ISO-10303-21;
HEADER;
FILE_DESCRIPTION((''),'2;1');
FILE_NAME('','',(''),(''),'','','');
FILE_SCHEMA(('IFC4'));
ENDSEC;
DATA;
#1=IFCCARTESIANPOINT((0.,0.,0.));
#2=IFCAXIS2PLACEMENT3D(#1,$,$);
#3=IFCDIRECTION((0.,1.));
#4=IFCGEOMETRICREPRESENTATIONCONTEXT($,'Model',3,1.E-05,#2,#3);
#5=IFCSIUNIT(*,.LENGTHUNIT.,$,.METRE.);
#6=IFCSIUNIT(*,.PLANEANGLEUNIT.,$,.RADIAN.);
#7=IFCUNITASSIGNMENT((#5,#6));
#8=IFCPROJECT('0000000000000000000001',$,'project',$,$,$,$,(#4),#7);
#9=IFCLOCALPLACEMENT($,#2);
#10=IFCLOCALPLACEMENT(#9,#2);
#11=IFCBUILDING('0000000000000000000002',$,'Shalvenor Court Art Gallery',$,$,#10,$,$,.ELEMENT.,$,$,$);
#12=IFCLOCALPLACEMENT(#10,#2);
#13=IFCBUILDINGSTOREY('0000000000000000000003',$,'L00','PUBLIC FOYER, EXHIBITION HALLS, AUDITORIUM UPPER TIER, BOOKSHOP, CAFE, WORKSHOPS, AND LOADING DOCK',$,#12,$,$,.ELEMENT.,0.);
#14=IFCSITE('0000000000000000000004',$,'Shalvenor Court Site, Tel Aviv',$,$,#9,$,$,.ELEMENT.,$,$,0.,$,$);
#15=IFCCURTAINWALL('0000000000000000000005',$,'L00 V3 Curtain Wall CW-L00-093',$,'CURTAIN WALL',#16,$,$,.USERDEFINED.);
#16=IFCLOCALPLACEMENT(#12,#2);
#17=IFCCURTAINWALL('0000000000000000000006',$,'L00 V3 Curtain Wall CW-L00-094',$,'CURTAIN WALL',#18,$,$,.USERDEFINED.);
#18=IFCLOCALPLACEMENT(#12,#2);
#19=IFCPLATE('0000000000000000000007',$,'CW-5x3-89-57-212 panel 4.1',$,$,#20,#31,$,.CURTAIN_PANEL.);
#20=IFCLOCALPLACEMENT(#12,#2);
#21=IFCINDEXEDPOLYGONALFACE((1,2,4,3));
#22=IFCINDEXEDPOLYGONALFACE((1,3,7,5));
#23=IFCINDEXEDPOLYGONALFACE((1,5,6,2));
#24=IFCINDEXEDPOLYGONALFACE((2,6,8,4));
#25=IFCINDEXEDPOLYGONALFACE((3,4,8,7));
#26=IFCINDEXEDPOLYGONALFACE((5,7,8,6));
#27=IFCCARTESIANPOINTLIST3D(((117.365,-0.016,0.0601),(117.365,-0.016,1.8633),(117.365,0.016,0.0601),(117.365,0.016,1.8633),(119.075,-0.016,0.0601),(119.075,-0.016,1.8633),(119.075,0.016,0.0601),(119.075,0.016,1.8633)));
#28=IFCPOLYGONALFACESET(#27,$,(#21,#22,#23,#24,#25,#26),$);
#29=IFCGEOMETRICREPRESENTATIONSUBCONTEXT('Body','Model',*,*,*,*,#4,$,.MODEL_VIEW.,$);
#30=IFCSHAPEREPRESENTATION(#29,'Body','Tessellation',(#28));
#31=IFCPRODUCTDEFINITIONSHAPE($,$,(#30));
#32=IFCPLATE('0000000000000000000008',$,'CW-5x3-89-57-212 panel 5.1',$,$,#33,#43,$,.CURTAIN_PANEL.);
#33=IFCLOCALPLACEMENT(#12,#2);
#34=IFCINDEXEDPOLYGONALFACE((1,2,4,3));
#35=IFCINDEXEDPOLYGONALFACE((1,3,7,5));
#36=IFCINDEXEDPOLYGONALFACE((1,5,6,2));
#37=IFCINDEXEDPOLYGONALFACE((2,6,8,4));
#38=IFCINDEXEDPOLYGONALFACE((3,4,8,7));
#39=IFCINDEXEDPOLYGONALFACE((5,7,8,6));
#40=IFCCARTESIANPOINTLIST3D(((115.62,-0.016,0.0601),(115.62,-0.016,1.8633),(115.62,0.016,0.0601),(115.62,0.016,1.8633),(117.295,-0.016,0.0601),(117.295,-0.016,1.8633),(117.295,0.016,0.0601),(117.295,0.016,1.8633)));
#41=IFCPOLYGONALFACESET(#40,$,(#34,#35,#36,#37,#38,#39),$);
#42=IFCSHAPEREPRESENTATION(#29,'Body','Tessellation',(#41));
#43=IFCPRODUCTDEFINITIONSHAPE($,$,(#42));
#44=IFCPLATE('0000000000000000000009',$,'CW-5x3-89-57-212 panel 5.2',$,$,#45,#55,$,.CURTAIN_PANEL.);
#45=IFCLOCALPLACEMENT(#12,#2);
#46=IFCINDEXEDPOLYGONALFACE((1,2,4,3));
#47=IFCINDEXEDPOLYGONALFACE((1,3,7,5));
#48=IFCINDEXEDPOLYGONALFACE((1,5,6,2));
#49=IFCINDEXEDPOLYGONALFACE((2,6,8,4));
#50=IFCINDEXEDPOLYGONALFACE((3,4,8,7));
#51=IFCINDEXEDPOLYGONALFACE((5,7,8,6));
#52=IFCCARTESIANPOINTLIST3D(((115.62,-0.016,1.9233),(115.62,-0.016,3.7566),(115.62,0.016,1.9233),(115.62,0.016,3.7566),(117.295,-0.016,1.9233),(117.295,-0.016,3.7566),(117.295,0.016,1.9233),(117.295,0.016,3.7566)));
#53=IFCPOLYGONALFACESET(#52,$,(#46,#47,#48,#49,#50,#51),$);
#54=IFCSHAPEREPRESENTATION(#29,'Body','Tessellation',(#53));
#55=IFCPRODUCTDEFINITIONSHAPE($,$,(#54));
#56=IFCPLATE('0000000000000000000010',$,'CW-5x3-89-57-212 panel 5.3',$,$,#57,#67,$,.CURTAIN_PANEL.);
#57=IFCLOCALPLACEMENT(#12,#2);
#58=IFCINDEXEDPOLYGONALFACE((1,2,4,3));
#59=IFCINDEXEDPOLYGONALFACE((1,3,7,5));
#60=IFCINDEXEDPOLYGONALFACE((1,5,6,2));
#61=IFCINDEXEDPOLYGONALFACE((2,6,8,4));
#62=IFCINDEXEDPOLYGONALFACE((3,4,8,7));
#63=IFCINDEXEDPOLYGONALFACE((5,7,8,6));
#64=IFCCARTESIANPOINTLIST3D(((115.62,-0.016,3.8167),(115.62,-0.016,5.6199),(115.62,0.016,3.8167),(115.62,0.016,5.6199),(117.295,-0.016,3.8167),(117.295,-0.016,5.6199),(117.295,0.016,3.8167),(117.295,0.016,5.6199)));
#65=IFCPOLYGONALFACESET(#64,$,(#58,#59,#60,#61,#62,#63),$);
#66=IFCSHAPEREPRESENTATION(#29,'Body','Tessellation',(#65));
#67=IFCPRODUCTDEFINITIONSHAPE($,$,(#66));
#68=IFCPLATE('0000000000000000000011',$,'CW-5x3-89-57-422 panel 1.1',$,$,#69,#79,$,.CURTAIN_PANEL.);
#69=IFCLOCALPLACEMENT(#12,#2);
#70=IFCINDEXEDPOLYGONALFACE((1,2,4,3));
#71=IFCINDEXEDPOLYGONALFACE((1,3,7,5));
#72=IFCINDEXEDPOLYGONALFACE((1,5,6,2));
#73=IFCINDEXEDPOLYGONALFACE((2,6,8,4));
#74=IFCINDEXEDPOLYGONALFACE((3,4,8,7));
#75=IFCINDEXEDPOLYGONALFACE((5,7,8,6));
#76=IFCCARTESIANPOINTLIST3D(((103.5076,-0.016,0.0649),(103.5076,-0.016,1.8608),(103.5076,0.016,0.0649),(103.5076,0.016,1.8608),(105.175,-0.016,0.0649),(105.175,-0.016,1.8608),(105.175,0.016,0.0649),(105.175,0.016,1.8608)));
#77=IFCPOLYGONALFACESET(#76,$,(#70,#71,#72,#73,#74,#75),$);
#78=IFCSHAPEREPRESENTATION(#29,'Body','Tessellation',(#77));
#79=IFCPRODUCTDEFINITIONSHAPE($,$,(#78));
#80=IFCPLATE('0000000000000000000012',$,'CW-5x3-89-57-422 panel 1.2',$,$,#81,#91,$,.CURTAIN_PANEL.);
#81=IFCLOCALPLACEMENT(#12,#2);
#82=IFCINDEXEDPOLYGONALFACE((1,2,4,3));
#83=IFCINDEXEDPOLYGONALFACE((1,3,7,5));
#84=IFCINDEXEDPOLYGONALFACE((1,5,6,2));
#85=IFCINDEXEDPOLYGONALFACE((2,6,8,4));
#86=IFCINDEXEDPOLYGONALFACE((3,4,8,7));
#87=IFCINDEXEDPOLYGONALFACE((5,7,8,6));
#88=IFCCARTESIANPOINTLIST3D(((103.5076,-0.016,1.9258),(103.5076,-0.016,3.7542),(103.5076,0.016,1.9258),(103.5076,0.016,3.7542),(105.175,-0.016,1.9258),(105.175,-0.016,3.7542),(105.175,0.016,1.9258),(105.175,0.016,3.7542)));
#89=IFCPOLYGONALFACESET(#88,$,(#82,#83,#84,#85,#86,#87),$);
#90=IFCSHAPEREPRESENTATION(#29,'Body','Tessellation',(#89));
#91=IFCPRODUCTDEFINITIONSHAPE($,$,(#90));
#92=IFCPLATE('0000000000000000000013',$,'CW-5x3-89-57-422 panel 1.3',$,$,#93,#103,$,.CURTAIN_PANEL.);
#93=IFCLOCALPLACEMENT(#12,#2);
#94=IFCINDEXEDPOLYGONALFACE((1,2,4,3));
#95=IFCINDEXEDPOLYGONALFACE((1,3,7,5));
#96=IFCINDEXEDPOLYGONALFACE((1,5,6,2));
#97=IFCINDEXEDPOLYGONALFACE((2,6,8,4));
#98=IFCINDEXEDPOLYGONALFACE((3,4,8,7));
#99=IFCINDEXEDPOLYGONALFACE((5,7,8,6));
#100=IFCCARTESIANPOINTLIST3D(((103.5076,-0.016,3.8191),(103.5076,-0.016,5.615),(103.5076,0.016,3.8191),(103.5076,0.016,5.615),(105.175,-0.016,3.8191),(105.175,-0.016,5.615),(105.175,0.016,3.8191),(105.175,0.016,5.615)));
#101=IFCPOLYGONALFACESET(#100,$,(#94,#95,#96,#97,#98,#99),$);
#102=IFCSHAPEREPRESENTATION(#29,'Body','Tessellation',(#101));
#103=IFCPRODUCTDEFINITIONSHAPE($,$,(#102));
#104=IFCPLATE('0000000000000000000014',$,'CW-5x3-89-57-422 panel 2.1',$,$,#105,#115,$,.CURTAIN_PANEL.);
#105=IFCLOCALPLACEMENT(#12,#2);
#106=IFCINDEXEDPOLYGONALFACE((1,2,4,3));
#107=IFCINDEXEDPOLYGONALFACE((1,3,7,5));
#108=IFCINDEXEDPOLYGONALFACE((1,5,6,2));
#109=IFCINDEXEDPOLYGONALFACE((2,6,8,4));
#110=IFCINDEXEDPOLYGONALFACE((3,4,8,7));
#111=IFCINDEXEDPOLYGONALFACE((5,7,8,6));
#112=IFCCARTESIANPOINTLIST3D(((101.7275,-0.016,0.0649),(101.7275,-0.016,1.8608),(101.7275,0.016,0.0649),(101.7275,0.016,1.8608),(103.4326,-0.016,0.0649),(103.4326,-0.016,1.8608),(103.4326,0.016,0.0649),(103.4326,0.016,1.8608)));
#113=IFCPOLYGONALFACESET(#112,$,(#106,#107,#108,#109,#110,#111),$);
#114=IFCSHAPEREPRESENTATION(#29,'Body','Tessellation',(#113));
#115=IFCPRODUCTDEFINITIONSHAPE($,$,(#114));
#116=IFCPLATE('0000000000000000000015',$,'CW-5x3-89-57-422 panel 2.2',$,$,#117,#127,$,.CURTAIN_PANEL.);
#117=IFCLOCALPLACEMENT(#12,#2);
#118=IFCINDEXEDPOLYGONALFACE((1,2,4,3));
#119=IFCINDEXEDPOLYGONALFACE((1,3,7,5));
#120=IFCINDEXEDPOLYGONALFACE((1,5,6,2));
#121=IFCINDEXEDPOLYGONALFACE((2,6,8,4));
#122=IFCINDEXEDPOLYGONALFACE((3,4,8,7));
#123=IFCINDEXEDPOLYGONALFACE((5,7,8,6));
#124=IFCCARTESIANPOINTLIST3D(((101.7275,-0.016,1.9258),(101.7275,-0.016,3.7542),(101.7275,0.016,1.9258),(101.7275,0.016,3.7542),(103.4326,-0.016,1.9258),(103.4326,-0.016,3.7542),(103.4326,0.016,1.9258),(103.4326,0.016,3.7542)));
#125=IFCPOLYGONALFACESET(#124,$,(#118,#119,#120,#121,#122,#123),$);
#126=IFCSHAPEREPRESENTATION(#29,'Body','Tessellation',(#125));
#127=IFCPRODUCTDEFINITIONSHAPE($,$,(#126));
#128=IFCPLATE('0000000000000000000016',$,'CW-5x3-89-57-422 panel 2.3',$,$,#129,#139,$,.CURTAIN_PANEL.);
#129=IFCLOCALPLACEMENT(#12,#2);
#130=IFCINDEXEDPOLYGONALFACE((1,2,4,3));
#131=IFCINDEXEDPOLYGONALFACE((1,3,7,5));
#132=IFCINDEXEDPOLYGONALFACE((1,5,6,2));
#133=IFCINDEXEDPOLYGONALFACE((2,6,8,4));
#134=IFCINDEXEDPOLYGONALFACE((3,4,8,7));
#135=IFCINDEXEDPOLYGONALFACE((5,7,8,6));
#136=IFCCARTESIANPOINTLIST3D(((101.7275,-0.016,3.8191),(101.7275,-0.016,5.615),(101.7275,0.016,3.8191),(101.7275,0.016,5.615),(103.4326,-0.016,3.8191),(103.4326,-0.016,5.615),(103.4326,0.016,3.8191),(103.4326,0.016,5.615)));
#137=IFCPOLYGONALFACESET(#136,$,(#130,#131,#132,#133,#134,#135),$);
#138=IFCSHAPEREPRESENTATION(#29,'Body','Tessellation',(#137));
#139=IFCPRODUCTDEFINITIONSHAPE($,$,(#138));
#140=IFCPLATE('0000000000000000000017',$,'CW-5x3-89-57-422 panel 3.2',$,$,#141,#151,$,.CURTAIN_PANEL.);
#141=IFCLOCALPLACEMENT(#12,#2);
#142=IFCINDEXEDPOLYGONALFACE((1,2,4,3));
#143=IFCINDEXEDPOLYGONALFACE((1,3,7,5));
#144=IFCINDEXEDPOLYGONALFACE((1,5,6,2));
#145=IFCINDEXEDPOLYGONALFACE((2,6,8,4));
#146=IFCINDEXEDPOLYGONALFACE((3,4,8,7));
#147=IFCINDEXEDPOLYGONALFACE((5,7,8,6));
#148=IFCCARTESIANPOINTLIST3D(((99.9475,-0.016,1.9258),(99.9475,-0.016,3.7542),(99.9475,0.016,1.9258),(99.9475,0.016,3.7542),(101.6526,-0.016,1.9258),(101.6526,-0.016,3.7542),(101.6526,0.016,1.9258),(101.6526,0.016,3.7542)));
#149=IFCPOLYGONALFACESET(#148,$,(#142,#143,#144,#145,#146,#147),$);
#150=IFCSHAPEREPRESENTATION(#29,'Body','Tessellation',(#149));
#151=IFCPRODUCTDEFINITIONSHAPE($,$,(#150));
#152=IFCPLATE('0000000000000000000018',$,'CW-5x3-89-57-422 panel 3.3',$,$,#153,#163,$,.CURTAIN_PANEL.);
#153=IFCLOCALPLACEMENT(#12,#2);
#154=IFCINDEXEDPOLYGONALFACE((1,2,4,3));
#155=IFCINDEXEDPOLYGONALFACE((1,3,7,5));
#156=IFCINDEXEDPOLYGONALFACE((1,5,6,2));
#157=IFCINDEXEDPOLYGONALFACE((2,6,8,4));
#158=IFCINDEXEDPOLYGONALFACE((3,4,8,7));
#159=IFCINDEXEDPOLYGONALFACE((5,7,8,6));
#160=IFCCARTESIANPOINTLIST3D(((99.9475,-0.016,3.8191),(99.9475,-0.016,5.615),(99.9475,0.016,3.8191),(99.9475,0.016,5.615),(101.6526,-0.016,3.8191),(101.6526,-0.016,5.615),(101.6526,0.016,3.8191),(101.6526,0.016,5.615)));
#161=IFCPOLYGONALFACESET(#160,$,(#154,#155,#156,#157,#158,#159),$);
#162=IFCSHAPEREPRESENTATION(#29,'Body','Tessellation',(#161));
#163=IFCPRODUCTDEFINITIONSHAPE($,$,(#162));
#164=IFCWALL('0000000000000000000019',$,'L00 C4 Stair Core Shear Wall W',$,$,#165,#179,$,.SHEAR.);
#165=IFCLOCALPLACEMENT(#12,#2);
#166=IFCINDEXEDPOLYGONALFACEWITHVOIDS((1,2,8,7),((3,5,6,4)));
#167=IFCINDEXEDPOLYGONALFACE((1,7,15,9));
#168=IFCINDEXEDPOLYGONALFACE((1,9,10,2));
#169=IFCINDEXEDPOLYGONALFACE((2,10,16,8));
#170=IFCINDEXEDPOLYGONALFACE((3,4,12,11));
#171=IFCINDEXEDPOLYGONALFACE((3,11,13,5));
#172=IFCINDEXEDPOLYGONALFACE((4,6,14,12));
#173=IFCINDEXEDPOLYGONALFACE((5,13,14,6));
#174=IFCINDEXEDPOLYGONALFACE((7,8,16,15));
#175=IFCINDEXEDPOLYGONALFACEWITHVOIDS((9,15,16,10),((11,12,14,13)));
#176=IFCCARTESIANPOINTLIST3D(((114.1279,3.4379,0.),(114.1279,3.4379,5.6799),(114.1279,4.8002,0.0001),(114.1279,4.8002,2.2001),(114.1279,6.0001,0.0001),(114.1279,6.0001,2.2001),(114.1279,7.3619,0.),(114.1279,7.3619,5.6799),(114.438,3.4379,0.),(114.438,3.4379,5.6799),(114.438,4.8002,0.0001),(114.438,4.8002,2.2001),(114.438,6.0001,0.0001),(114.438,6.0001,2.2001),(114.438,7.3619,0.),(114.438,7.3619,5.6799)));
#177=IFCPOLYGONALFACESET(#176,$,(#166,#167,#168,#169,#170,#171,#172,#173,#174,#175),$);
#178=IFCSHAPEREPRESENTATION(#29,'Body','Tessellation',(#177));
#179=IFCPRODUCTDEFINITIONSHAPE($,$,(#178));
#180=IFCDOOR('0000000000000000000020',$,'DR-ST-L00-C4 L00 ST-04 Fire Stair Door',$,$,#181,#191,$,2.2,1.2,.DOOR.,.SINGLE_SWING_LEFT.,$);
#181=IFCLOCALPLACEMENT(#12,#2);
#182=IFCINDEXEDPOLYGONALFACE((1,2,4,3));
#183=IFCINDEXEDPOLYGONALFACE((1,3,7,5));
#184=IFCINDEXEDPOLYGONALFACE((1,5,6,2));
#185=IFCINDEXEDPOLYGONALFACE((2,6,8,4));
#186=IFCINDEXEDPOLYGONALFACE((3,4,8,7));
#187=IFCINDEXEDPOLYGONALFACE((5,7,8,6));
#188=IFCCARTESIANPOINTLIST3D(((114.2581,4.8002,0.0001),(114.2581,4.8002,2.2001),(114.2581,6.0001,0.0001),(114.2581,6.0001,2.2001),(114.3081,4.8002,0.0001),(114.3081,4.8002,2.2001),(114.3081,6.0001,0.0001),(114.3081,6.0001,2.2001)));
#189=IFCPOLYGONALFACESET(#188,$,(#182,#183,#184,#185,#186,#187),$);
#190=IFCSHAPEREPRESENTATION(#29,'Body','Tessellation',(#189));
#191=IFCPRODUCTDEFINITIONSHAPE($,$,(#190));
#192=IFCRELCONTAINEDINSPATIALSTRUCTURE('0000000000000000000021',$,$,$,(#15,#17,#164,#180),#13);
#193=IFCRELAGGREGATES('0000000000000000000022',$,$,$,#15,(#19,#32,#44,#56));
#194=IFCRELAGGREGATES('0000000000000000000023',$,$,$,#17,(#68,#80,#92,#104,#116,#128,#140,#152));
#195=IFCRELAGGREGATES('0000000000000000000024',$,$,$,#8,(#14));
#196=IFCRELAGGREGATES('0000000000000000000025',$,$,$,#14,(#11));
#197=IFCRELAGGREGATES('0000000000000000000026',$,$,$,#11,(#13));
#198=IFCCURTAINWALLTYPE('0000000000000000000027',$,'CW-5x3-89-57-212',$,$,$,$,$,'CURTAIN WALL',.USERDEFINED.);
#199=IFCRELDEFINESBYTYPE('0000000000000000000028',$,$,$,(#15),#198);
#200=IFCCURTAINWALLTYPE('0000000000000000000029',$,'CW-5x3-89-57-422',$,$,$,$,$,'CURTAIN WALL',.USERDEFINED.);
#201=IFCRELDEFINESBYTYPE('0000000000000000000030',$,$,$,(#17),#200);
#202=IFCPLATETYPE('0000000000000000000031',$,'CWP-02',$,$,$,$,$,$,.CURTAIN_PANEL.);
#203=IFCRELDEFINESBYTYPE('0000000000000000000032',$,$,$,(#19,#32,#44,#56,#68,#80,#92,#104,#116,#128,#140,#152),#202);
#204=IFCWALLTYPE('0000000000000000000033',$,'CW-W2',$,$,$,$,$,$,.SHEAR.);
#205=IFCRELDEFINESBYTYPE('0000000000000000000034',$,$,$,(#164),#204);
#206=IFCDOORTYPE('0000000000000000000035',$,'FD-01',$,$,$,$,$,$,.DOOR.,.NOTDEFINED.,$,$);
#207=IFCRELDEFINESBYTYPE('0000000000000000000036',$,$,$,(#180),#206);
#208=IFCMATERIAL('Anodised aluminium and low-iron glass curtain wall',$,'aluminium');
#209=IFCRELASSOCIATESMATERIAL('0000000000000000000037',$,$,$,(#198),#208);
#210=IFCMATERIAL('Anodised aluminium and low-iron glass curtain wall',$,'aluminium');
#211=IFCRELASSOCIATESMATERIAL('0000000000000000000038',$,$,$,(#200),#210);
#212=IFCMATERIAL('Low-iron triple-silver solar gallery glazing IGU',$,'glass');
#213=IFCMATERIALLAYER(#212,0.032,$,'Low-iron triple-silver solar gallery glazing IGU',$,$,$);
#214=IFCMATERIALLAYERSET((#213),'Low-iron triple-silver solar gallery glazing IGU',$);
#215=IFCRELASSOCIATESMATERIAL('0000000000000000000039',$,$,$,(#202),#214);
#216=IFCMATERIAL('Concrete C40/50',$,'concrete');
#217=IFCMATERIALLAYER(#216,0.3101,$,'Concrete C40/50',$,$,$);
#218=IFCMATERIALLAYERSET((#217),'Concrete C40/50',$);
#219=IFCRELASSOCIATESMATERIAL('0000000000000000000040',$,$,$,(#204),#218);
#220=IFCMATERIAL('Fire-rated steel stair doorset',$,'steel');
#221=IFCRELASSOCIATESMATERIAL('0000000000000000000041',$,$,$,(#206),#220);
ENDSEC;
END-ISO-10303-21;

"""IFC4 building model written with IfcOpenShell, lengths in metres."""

from ifc_helpers import new_model, si_unit, direction, frame, frame_2d, origin, origin_2d, place, context, subcontext, project, spatial, rectangle, extrude, material, layer, layer_set, type_object, element, fill, aggregate, save


model = new_model("IFC4")

# Units and contexts
model_context = context("Model", 3, precision=1e-05, world=origin(), true_north=direction((0.0, 1.0)))
body_context = subcontext(model_context, "Body", "Model", "MODEL_VIEW")
ifc_project = project(units=[si_unit("LENGTHUNIT", "METRE"), si_unit("PLANEANGLEUNIT", "RADIAN")], contexts=[model_context])

# Site, building, storey
site_placement = place(None, origin())
site = spatial("IfcSite", under=ifc_project, at=site_placement, Name="Shalvenor Court Site, Tel Aviv", CompositionType="ELEMENT", RefElevation=0.0)
building_placement = place(site_placement, origin())
building = spatial("IfcBuilding", under=site, at=building_placement, Name="Shalvenor Court Art Gallery", CompositionType="ELEMENT")
storey_placement = place(building_placement, origin())
storey = spatial("IfcBuildingStorey", under=building, at=storey_placement, Name="L00", Description="PUBLIC FOYER, EXHIBITION HALLS, AUDITORIUM UPPER TIER, BOOKSHOP, CAFE, WORKSHOPS, AND LOADING DOCK", CompositionType="ELEMENT", Elevation=0.0)

# Curtain walls
ifc_material_1 = material(Name="Anodised aluminium and low-iron glass curtain wall", Category="aluminium")
curtain_wall_type_1 = type_object("IfcCurtainWallType", Name="CW-5x3-89-57-212", ElementType="CURTAIN WALL", PredefinedType="USERDEFINED", material=ifc_material_1)
curtain_wall_1_placement = place(storey_placement, origin())
curtain_wall_1 = element("IfcCurtainWall", 1, at=curtain_wall_1_placement, inside=storey, type_object=curtain_wall_type_1, Name="L00 V3 Curtain Wall CW-L00-093", ObjectType="CURTAIN WALL", PredefinedType="USERDEFINED")
ifc_material_2 = material(Name="Anodised aluminium and low-iron glass curtain wall", Category="aluminium")
curtain_wall_type_2 = type_object("IfcCurtainWallType", Name="CW-5x3-89-57-422", ElementType="CURTAIN WALL", PredefinedType="USERDEFINED", material=ifc_material_2)
curtain_wall_2_placement = place(storey_placement, origin())
curtain_wall_2 = element("IfcCurtainWall", 2, at=curtain_wall_2_placement, inside=storey, type_object=curtain_wall_type_2, Name="L00 V3 Curtain Wall CW-L00-094", ObjectType="CURTAIN WALL", PredefinedType="USERDEFINED")

# Plates
ifc_material_3 = material(Name="Low-iron triple-silver solar gallery glazing IGU", Category="glass")
ifc_layer_1 = layer(ifc_material_3, 0.032, Name="Low-iron triple-silver solar gallery glazing IGU")
ifc_layer_set_1 = layer_set([ifc_layer_1], Name="Low-iron triple-silver solar gallery glazing IGU")
plate_type = type_object("IfcPlateType", Name="CWP-02", PredefinedType="CURTAIN_PANEL", material=ifc_layer_set_1)
plate_1_placement = place(storey_placement, frame((118.22, 0.0, 0.0601), z_axis=(0.0, 0.0, 1.0), x_axis=(-1.0, 0.0, 0.0)))
plate_1 = element("IfcPlate", 3, at=plate_1_placement, type_object=plate_type, Name="CW-5x3-89-57-212 panel 4.1", PredefinedType="CURTAIN_PANEL", context=body_context, shape_type="SweptSolid", body=[
    extrude(rectangle(XDim=1.71, YDim=0.032, at=origin_2d()), origin(), (0.0, 0.0, 1.0), 1.8032),
])
plate_2_placement = place(storey_placement, frame((116.4575, 0.0, 0.0601), z_axis=(0.0, 0.0, 1.0), x_axis=(-1.0, 0.0, 0.0)))
plate_2 = element("IfcPlate", 4, at=plate_2_placement, type_object=plate_type, Name="CW-5x3-89-57-212 panel 5.1", PredefinedType="CURTAIN_PANEL", context=body_context, shape_type="SweptSolid", body=[
    extrude(rectangle(XDim=1.675, YDim=0.032, at=origin_2d()), origin(), (0.0, 0.0, 1.0), 1.8032),
])
plate_3_placement = place(storey_placement, frame((116.4575, 0.0, 1.9233), z_axis=(0.0, 0.0, 1.0), x_axis=(-1.0, 0.0, 0.0)))
plate_3 = element("IfcPlate", 5, at=plate_3_placement, type_object=plate_type, Name="CW-5x3-89-57-212 panel 5.2", PredefinedType="CURTAIN_PANEL", context=body_context, shape_type="SweptSolid", body=[
    extrude(rectangle(XDim=1.675, YDim=0.032, at=origin_2d()), origin(), (0.0, 0.0, 1.0), 1.8333),
])
plate_4_placement = place(storey_placement, frame((116.4575, 0.0, 3.8167), z_axis=(0.0, 0.0, 1.0), x_axis=(-1.0, 0.0, 0.0)))
plate_4 = element("IfcPlate", 6, at=plate_4_placement, type_object=plate_type, Name="CW-5x3-89-57-212 panel 5.3", PredefinedType="CURTAIN_PANEL", context=body_context, shape_type="SweptSolid", body=[
    extrude(rectangle(XDim=1.675, YDim=0.032, at=origin_2d()), origin(), (0.0, 0.0, 1.0), 1.8032),
])
aggregate(curtain_wall_1, [plate_1, plate_2, plate_3, plate_4])
plate_5_placement = place(storey_placement, frame((104.3413, 0.0, 0.0649), z_axis=(0.0, 0.0, 1.0), x_axis=(-1.0, 0.0, 0.0)))
plate_5 = element("IfcPlate", 7, at=plate_5_placement, type_object=plate_type, Name="CW-5x3-89-57-422 panel 1.1", PredefinedType="CURTAIN_PANEL", context=body_context, shape_type="SweptSolid", body=[
    extrude(rectangle(XDim=1.6675, YDim=0.032, at=origin_2d()), origin(), (0.0, 0.0, 1.0), 1.7959),
])
plate_6_placement = place(storey_placement, frame((104.3413, 0.0, 1.9258), z_axis=(0.0, 0.0, 1.0), x_axis=(-1.0, 0.0, 0.0)))
plate_6 = element("IfcPlate", 8, at=plate_6_placement, type_object=plate_type, Name="CW-5x3-89-57-422 panel 1.2", PredefinedType="CURTAIN_PANEL", context=body_context, shape_type="SweptSolid", body=[
    extrude(rectangle(XDim=1.6675, YDim=0.032, at=origin_2d()), origin(), (0.0, 0.0, 1.0), 1.8284),
])
plate_7_placement = place(storey_placement, frame((104.3413, 0.0, 3.8191), z_axis=(0.0, 0.0, 1.0), x_axis=(-1.0, 0.0, 0.0)))
plate_7 = element("IfcPlate", 9, at=plate_7_placement, type_object=plate_type, Name="CW-5x3-89-57-422 panel 1.3", PredefinedType="CURTAIN_PANEL", context=body_context, shape_type="SweptSolid", body=[
    extrude(rectangle(XDim=1.6675, YDim=0.032, at=origin_2d()), origin(), (0.0, 0.0, 1.0), 1.7959),
])
plate_8_placement = place(storey_placement, frame((102.5801, 0.0, 0.0649), z_axis=(0.0, 0.0, 1.0), x_axis=(-1.0, 0.0, 0.0)))
plate_8 = element("IfcPlate", 10, at=plate_8_placement, type_object=plate_type, Name="CW-5x3-89-57-422 panel 2.1", PredefinedType="CURTAIN_PANEL", context=body_context, shape_type="SweptSolid", body=[
    extrude(rectangle(XDim=1.7051, YDim=0.032, at=origin_2d()), origin(), (0.0, 0.0, 1.0), 1.7959),
])
plate_9_placement = place(storey_placement, frame((102.5801, 0.0, 1.9258), z_axis=(0.0, 0.0, 1.0), x_axis=(-1.0, 0.0, 0.0)))
plate_9 = element("IfcPlate", 11, at=plate_9_placement, type_object=plate_type, Name="CW-5x3-89-57-422 panel 2.2", PredefinedType="CURTAIN_PANEL", context=body_context, shape_type="SweptSolid", body=[
    extrude(rectangle(XDim=1.7051, YDim=0.032, at=origin_2d()), origin(), (0.0, 0.0, 1.0), 1.8284),
])
plate_10_placement = place(storey_placement, frame((102.5801, 0.0, 3.8191), z_axis=(0.0, 0.0, 1.0), x_axis=(-1.0, 0.0, 0.0)))
plate_10 = element("IfcPlate", 12, at=plate_10_placement, type_object=plate_type, Name="CW-5x3-89-57-422 panel 2.3", PredefinedType="CURTAIN_PANEL", context=body_context, shape_type="SweptSolid", body=[
    extrude(rectangle(XDim=1.7051, YDim=0.032, at=origin_2d()), origin(), (0.0, 0.0, 1.0), 1.7959),
])
plate_11_placement = place(storey_placement, frame((100.8, 0.0, 1.9258), z_axis=(0.0, 0.0, 1.0), x_axis=(-1.0, 0.0, 0.0)))
plate_11 = element("IfcPlate", 13, at=plate_11_placement, type_object=plate_type, Name="CW-5x3-89-57-422 panel 3.2", PredefinedType="CURTAIN_PANEL", context=body_context, shape_type="SweptSolid", body=[
    extrude(rectangle(XDim=1.7051, YDim=0.032, at=origin_2d()), origin(), (0.0, 0.0, 1.0), 1.8284),
])
plate_12_placement = place(storey_placement, frame((100.8, 0.0, 3.8191), z_axis=(0.0, 0.0, 1.0), x_axis=(-1.0, 0.0, 0.0)))
plate_12 = element("IfcPlate", 14, at=plate_12_placement, type_object=plate_type, Name="CW-5x3-89-57-422 panel 3.3", PredefinedType="CURTAIN_PANEL", context=body_context, shape_type="SweptSolid", body=[
    extrude(rectangle(XDim=1.7051, YDim=0.032, at=origin_2d()), origin(), (0.0, 0.0, 1.0), 1.7959),
])
aggregate(curtain_wall_2, [plate_5, plate_6, plate_7, plate_8, plate_9, plate_10, plate_11, plate_12])

# Wall, opening, door
ifc_material_4 = material(Name="Concrete C40/50", Category="concrete")
ifc_layer_2 = layer(ifc_material_4, 0.3101, Name="Concrete C40/50")
ifc_layer_set_2 = layer_set([ifc_layer_2], Name="Concrete C40/50")
wall_type_1 = type_object("IfcWallType", Name="CW-W2", PredefinedType="SHEAR", material=ifc_layer_set_2)
wall_1_placement = place(storey_placement, frame((114.283, 3.438, 0.0), z_axis=(0.0, 0.0, 1.0), x_axis=(0.0, 1.0, 0.0)))
wall_1 = element("IfcWall", 15, at=wall_1_placement, inside=storey, type_object=wall_type_1, Name="L00 C4 Stair Core Shear Wall W", PredefinedType="SHEAR", context=body_context, shape_type="SweptSolid", body=[
    extrude(rectangle(XDim=3.9241, YDim=0.3101, at=frame_2d((1.9619, 0.0))), origin(), (0.0, 0.0, 1.0), 5.6799),
])
opening_1_placement = place(wall_1_placement, frame((1.3621, 0.0, 0.0)))
opening_1 = element("IfcOpeningElement", 16, at=opening_1_placement, cuts=wall_1, PredefinedType="OPENING", context=body_context, shape_type="SweptSolid", body=[
    extrude(rectangle(XDim=1.2, YDim=2.2, at=frame_2d((0.6001, 1.1001))), frame((0.0, 0.165, 0.0), z_axis=(0.0, -1.0, 0.0), x_axis=(1.0, 0.0, 0.0)), (0.0, 0.0, 1.0), 0.3301),
])
ifc_material_5 = material(Name="Fire-rated steel stair doorset", Category="steel")
door_type = type_object("IfcDoorType", Name="FD-01", OperationType="NOTDEFINED", PredefinedType="DOOR", material=ifc_material_5)
door_placement = place(opening_1_placement, origin())
door = element("IfcDoor", 17, at=door_placement, inside=storey, type_object=door_type, Name="DR-ST-L00-C4 L00 ST-04 Fire Stair Door", OperationType="SINGLE_SWING_LEFT", OverallHeight=2.2, OverallWidth=1.2, PredefinedType="DOOR", context=body_context, shape_type="SweptSolid", body=[
    extrude(rectangle(XDim=1.2, YDim=2.2, at=frame_2d((0.6001, 1.1001))), frame((0.0, 0.0249, 0.0), z_axis=(0.0, -1.0, 0.0), x_axis=(1.0, 0.0, 0.0)), (0.0, 0.0, 1.0), 0.05),
])
fill(opening_1, door)

save(model, "model.ifc")
